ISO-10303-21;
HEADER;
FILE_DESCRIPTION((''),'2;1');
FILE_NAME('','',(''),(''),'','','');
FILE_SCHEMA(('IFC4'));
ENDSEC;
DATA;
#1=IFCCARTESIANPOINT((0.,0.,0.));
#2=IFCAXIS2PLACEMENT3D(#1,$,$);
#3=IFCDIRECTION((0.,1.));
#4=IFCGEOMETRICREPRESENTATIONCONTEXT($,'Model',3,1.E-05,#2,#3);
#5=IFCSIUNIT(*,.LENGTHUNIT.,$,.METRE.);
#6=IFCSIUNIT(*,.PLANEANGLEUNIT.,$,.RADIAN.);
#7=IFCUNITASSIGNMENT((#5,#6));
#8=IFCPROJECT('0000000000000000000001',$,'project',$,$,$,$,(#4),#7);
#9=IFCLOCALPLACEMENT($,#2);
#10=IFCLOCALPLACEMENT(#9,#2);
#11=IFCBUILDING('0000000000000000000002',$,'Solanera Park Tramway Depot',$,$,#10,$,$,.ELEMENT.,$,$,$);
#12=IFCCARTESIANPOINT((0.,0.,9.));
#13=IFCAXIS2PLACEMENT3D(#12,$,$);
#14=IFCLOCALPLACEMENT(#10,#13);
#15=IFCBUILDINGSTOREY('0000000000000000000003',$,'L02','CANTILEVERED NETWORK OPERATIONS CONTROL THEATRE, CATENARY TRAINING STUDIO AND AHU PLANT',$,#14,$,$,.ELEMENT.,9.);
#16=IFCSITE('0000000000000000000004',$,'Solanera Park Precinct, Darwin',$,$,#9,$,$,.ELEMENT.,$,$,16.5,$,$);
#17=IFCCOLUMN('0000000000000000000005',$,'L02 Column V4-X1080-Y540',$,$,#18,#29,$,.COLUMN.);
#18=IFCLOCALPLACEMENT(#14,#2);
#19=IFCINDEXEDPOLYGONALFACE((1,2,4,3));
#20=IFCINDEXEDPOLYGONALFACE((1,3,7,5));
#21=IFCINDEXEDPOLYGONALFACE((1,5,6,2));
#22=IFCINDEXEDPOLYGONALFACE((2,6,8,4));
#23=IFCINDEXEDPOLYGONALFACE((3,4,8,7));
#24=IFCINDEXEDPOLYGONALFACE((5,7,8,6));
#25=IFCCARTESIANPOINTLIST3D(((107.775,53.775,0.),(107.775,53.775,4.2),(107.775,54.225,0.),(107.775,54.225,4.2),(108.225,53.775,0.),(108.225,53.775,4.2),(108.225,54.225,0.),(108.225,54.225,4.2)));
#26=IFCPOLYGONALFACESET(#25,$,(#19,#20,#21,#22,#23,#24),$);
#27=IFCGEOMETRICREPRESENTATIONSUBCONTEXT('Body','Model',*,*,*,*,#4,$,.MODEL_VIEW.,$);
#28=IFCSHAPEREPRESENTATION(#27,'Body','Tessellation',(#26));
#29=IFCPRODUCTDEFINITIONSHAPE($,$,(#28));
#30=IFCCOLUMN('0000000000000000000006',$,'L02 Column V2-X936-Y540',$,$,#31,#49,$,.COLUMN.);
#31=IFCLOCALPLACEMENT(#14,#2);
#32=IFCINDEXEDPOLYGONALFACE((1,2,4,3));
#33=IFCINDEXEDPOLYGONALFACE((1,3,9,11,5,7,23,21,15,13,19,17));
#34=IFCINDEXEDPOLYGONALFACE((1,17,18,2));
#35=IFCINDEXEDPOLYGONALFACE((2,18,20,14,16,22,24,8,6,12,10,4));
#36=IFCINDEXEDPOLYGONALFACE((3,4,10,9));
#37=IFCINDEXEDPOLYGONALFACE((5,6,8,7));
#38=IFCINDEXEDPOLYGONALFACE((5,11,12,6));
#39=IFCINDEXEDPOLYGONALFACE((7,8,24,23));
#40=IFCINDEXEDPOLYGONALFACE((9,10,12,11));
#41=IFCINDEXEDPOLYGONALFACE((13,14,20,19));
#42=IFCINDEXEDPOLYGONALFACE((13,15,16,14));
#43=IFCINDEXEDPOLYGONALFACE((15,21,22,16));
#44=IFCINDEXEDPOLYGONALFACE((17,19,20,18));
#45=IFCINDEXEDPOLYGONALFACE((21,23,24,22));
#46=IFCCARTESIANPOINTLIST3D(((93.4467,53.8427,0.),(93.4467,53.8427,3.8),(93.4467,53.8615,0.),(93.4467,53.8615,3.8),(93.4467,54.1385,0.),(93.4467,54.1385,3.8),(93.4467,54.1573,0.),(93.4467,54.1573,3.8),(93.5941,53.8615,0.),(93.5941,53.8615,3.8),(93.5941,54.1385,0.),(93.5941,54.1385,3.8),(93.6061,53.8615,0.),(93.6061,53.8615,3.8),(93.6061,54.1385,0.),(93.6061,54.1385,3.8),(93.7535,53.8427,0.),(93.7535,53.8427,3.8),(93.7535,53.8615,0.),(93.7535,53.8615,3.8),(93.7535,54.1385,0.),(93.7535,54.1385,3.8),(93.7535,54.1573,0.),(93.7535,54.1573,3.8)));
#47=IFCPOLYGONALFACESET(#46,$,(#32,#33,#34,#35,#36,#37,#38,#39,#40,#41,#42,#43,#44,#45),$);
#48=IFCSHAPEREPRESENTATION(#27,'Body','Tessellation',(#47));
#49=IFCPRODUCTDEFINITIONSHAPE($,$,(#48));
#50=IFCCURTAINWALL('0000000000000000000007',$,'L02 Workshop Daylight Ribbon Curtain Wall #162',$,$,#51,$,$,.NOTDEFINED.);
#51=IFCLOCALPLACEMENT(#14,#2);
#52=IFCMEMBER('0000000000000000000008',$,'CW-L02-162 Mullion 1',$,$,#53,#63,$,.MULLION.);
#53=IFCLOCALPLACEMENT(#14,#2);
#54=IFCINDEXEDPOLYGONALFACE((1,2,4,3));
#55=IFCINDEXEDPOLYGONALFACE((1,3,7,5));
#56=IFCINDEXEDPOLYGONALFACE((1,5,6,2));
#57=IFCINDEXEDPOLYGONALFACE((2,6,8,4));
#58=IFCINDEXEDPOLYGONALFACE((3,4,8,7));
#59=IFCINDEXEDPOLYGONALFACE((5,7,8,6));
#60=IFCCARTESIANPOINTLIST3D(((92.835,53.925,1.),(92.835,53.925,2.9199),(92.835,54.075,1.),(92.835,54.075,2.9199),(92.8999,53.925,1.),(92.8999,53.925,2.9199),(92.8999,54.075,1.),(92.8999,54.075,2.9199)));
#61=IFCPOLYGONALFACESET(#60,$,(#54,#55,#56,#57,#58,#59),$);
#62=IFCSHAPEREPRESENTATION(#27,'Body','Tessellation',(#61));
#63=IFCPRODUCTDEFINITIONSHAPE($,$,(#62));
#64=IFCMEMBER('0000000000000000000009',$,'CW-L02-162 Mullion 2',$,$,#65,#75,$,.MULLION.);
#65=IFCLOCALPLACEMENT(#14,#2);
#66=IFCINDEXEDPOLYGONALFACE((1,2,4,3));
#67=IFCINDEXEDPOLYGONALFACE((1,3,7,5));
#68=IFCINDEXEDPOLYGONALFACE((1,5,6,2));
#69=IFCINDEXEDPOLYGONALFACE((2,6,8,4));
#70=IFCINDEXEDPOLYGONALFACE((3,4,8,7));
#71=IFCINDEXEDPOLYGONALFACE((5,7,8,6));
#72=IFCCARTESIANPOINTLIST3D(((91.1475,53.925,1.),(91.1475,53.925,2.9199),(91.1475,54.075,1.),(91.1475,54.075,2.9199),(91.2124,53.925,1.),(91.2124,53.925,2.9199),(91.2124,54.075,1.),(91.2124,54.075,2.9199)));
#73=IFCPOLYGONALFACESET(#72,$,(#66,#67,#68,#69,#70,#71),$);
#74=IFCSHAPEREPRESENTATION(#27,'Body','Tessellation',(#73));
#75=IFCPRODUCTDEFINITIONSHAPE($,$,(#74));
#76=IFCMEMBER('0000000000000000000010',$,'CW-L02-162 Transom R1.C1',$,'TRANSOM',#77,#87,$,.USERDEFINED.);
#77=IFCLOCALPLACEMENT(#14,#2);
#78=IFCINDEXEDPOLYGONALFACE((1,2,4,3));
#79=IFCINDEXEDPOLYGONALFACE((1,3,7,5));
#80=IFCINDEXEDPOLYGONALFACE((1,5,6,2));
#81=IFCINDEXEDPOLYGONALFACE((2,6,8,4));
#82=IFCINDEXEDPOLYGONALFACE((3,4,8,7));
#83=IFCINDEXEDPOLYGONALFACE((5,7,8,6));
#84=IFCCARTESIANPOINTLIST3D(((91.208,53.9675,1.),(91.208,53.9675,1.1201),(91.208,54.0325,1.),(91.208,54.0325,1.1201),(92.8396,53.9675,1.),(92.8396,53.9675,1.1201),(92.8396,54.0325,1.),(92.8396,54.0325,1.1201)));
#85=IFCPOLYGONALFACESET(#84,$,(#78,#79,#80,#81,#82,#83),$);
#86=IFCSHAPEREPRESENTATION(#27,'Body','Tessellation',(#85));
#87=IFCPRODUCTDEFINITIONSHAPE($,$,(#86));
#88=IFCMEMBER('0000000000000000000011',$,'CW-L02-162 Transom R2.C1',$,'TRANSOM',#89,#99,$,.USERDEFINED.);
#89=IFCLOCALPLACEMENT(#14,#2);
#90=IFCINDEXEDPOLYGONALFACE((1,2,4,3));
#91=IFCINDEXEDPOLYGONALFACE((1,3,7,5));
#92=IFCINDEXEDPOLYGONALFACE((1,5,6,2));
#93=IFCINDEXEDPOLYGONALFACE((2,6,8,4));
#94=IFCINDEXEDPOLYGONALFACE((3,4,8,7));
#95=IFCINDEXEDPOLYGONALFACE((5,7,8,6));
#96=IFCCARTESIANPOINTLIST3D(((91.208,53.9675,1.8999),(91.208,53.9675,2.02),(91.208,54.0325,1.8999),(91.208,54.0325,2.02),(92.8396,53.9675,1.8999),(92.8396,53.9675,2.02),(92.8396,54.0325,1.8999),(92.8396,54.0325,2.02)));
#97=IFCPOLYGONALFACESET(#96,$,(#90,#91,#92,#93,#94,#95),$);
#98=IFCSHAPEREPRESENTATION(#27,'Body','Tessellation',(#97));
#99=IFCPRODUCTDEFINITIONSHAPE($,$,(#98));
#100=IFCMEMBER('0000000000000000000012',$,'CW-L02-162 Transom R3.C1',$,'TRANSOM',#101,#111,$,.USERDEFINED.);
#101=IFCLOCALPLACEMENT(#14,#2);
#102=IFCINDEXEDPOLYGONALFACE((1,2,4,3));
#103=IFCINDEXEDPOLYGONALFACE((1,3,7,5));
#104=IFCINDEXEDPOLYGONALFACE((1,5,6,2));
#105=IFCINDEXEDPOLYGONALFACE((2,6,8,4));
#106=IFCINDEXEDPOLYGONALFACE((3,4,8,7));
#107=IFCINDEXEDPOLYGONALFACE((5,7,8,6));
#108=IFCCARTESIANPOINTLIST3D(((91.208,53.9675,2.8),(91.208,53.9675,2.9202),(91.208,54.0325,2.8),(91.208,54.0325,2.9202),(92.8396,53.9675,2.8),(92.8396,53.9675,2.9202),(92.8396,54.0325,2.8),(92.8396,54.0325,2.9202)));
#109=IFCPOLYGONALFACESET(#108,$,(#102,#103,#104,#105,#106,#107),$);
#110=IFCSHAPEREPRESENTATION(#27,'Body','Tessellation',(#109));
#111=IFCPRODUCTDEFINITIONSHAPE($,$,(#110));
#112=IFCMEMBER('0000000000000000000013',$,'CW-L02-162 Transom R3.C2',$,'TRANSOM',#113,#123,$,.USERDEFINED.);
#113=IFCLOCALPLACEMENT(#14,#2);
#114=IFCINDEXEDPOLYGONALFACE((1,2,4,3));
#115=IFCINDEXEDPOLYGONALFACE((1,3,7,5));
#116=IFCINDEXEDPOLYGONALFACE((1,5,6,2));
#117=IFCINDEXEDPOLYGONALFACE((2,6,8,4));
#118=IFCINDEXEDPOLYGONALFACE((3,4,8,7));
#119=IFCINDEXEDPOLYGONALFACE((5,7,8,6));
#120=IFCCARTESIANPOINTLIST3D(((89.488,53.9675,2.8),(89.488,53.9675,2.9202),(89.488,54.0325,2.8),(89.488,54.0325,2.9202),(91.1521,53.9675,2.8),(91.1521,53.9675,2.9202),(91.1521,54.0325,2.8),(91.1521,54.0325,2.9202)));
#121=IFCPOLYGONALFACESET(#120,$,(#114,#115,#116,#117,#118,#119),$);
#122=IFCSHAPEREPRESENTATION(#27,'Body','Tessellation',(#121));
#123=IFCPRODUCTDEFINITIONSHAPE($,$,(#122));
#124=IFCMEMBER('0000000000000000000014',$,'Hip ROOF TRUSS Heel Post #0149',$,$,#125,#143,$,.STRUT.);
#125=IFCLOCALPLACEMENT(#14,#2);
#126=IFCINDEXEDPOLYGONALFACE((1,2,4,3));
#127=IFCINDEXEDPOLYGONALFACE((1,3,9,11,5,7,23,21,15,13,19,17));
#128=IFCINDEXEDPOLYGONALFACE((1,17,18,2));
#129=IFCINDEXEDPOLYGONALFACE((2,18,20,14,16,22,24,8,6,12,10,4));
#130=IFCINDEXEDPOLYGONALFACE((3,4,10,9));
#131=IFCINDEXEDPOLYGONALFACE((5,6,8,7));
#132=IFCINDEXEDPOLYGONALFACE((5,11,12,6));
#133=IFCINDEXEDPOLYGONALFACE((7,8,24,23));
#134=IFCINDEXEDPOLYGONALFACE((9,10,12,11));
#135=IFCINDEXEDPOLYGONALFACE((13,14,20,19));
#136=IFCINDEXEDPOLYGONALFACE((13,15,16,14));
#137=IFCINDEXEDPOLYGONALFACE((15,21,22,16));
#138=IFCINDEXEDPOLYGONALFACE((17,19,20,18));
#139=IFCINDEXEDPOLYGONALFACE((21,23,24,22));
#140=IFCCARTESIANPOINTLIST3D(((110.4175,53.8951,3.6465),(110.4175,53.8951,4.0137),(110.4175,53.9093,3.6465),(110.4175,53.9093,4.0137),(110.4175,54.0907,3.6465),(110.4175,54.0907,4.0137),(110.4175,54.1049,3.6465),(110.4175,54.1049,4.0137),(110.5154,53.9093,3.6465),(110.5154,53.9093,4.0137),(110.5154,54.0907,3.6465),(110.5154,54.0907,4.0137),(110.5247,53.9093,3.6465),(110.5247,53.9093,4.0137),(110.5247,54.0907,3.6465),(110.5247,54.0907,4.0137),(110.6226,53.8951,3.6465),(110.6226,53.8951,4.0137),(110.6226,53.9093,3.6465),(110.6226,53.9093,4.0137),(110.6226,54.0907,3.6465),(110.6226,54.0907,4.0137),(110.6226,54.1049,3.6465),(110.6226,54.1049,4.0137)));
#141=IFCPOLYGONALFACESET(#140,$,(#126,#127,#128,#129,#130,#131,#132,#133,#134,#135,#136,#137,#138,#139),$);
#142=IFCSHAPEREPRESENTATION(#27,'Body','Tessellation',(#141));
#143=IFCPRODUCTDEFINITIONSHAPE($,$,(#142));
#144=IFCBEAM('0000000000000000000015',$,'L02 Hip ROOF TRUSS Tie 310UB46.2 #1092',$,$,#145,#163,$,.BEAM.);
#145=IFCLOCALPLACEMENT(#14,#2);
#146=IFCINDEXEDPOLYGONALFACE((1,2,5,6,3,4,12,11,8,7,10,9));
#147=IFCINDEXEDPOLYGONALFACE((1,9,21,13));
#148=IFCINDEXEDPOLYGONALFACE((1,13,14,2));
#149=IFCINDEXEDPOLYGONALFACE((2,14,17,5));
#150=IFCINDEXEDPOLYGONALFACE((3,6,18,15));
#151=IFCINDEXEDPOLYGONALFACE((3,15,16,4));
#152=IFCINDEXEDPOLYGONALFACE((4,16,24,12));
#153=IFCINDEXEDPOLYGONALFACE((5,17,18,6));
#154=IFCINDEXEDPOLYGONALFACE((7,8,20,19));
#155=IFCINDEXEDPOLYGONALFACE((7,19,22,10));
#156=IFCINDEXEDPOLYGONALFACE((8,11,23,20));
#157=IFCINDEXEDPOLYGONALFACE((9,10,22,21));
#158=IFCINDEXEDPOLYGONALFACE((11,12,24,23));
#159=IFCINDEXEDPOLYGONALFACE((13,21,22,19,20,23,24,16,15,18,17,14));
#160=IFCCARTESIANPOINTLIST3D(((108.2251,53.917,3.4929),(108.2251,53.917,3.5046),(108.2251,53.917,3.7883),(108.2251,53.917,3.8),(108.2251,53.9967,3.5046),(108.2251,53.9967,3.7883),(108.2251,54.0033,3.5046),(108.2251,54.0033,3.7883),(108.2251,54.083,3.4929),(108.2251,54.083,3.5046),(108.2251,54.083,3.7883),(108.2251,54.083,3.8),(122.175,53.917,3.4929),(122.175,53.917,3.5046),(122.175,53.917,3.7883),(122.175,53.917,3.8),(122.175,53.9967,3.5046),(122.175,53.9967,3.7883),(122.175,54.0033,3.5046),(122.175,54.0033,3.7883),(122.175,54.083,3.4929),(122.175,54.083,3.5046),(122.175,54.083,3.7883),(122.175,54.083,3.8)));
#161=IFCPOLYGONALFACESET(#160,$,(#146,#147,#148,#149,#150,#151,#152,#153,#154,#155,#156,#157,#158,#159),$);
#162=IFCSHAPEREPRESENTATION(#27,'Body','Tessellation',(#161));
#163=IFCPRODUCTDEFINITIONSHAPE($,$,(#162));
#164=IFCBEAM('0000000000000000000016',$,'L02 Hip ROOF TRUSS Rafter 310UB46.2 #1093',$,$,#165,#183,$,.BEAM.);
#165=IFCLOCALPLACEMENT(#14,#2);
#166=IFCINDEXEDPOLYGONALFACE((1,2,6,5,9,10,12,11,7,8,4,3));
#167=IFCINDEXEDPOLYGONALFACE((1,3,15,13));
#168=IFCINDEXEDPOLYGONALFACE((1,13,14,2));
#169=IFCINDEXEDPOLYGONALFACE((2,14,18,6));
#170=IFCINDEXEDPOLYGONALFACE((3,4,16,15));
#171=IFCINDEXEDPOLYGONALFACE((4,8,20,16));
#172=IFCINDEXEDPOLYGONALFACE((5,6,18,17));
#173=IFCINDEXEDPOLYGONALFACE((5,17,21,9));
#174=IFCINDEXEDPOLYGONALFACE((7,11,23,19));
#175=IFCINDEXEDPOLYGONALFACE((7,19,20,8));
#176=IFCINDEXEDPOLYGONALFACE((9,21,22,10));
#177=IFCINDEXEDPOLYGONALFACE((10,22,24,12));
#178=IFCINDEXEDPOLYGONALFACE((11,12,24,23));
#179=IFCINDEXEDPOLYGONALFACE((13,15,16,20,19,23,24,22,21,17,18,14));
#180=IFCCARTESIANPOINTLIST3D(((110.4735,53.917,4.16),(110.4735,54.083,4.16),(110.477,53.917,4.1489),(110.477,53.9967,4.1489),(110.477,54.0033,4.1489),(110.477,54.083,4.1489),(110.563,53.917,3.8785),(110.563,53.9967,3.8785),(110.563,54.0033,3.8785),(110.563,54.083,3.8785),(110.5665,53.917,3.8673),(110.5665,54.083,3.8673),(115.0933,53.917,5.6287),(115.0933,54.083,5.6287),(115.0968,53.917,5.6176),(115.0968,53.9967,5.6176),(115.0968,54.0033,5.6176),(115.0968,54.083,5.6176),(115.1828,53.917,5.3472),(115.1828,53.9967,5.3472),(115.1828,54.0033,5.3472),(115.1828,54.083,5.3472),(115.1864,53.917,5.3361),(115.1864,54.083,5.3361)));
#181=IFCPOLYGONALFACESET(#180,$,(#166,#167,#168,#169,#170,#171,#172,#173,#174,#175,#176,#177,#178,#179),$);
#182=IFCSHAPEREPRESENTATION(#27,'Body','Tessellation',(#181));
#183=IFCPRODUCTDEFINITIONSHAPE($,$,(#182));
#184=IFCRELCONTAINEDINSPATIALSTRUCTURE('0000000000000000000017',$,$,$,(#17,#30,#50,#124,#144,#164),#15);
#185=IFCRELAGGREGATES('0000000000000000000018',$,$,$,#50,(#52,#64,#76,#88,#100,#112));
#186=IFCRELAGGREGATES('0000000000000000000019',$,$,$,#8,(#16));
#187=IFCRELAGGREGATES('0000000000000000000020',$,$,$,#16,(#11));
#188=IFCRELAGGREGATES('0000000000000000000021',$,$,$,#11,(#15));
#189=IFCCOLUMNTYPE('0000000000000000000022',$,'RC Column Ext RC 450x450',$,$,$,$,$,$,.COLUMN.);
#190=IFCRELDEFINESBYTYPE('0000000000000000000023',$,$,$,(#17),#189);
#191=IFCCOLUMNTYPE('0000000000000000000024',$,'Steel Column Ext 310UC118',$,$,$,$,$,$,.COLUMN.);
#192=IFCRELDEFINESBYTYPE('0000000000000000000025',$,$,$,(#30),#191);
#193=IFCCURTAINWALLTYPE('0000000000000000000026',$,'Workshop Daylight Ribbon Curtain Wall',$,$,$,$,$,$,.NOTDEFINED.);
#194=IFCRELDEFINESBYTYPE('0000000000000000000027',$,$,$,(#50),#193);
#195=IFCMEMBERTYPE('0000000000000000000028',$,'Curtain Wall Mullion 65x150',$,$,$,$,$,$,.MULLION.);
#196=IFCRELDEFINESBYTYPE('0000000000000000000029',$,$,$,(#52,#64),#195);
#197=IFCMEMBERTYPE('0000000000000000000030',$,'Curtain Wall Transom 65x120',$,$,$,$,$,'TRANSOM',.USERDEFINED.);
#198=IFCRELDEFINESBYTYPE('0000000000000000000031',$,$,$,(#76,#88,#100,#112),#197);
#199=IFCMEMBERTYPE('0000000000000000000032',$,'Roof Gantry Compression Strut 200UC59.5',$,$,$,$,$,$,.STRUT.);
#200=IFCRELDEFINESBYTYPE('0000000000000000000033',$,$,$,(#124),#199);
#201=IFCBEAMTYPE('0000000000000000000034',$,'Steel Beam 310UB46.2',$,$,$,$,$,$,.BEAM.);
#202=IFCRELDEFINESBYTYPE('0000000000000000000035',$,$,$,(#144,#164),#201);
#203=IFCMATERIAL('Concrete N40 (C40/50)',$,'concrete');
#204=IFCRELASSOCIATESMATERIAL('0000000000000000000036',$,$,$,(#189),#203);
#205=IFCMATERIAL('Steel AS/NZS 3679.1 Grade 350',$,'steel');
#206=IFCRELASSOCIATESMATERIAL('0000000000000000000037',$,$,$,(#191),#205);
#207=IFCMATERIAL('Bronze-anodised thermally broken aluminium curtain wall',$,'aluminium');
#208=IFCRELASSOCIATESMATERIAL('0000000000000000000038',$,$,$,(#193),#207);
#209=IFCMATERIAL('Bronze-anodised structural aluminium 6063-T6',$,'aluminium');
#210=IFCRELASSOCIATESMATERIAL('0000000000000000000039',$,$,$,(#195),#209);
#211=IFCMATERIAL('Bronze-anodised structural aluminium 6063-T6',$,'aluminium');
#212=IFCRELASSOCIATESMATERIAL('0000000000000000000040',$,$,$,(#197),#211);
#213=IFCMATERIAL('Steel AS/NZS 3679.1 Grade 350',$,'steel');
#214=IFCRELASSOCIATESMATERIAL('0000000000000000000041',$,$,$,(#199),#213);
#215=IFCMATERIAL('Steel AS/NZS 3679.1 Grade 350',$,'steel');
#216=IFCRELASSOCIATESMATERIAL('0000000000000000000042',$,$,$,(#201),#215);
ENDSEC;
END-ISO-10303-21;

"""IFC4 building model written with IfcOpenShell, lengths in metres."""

from ifc_helpers import new_model, si_unit, direction, frame, origin, origin_2d, place, context, subcontext, project, spatial, rectangle, i_section, extrude, material, material_profile, profile_set, type_object, element, aggregate, save


model = new_model("IFC4")

# Units and contexts
model_context = context("Model", 3, precision=1e-05, world=origin(), true_north=direction((0.0, 1.0)))
body_context = subcontext(model_context, "Body", "Model", "MODEL_VIEW")
ifc_project = project(units=[si_unit("LENGTHUNIT", "METRE"), si_unit("PLANEANGLEUNIT", "RADIAN")], contexts=[model_context])

# Site, building, storey
site_placement = place(None, origin())
site = spatial("IfcSite", under=ifc_project, at=site_placement, Name="Solanera Park Precinct, Darwin", CompositionType="ELEMENT", RefElevation=16.5)
building_placement = place(site_placement, origin())
building = spatial("IfcBuilding", under=site, at=building_placement, Name="Solanera Park Tramway Depot", CompositionType="ELEMENT")
storey_placement = place(building_placement, frame((0.0, 0.0, 9.0)))
storey = spatial("IfcBuildingStorey", under=building, at=storey_placement, Name="L02", Description="CANTILEVERED NETWORK OPERATIONS CONTROL THEATRE, CATENARY TRAINING STUDIO AND AHU PLANT", CompositionType="ELEMENT", Elevation=9.0)

# Columns
ifc_material_1 = material(Name="Concrete N40 (C40/50)", Category="concrete")
ifc_material_profile_1 = material_profile(ifc_material_1, rectangle(XDim=0.45, YDim=0.45, at=origin_2d()), Name="RC 450x450")
ifc_profile_set_1 = profile_set([ifc_material_profile_1], Name="Concrete N40 (C40/50)")
column_type_1 = type_object("IfcColumnType", Name="RC Column Ext RC 450x450", PredefinedType="COLUMN", material=ifc_profile_set_1)
column_1_placement = place(storey_placement, frame((108.0, 54.0, 0.0), z_axis=(0.0, 0.0, 1.0), x_axis=(1.0, 0.0, 0.0)))
element("IfcColumn", 1, at=column_1_placement, inside=storey, type_object=column_type_1, Name="L02 Column V4-X1080-Y540", PredefinedType="COLUMN", context=body_context, shape_type="SweptSolid", body=[
    extrude(rectangle(XDim=0.45, YDim=0.45, at=origin_2d()), origin(), (0.0, 0.0, 1.0), 4.2),
])
ifc_material_2 = material(Name="Steel AS/NZS 3679.1 Grade 350", Category="steel")
ifc_material_profile_2 = material_profile(ifc_material_2, i_section(OverallWidth=0.3069, OverallDepth=0.3147, WebThickness=0.012, FlangeThickness=0.0188, at=origin_2d()), Name="310UC118")
ifc_profile_set_2 = profile_set([ifc_material_profile_2], Name="Steel AS/NZS 3679.1 Grade 350")
column_type_2 = type_object("IfcColumnType", Name="Steel Column Ext 310UC118", PredefinedType="COLUMN", material=ifc_profile_set_2)
column_2_placement = place(storey_placement, frame((93.6001, 54.0, 0.0), z_axis=(0.0, 0.0, 1.0), x_axis=(1.0, 0.0, 0.0)))
element("IfcColumn", 2, at=column_2_placement, inside=storey, type_object=column_type_2, Name="L02 Column V2-X936-Y540", PredefinedType="COLUMN", context=body_context, shape_type="SweptSolid", body=[
    extrude(i_section(OverallWidth=0.3069, OverallDepth=0.3147, WebThickness=0.012, FlangeThickness=0.0188, at=origin_2d()), origin(), (0.0, 0.0, 1.0), 3.8),
])

# Curtain wall, members
ifc_material_3 = material(Name="Bronze-anodised thermally broken aluminium curtain wall", Category="aluminium")
curtain_wall_type = type_object("IfcCurtainWallType", Name="Workshop Daylight Ribbon Curtain Wall", PredefinedType="NOTDEFINED", material=ifc_material_3)
curtain_wall_placement = place(storey_placement, origin())
curtain_wall = element("IfcCurtainWall", 3, at=curtain_wall_placement, inside=storey, type_object=curtain_wall_type, Name="L02 Workshop Daylight Ribbon Curtain Wall #162", PredefinedType="NOTDEFINED")
ifc_material_4 = material(Name="Bronze-anodised structural aluminium 6063-T6", Category="aluminium")
ifc_material_profile_3 = material_profile(ifc_material_4, rectangle(XDim=0.0649, YDim=0.1499, at=origin_2d()), Name="Curtain Wall Mullion 65x150")
ifc_profile_set_3 = profile_set([ifc_material_profile_3], Name="Bronze-anodised structural aluminium 6063-T6")
member_type_1 = type_object("IfcMemberType", Name="Curtain Wall Mullion 65x150", PredefinedType="MULLION", material=ifc_profile_set_3)
member_1_placement = place(storey_placement, frame((92.8674, 54.0, 1.0), z_axis=(0.0, 0.0, 1.0), x_axis=(1.0, 0.0, 0.0)))
member_1 = element("IfcMember", 4, at=member_1_placement, type_object=member_type_1, Name="CW-L02-162 Mullion 1", PredefinedType="MULLION", context=body_context, shape_type="SweptSolid", body=[
    extrude(rectangle(XDim=0.0649, YDim=0.1499, at=origin_2d()), origin(), (0.0, 0.0, 1.0), 1.9199),
])
member_2_placement = place(storey_placement, frame((91.1799, 54.0, 1.0), z_axis=(0.0, 0.0, 1.0), x_axis=(1.0, 0.0, 0.0)))
member_2 = element("IfcMember", 5, at=member_2_placement, type_object=member_type_1, Name="CW-L02-162 Mullion 2", PredefinedType="MULLION", context=body_context, shape_type="SweptSolid", body=[
    extrude(rectangle(XDim=0.0649, YDim=0.1499, at=origin_2d()), origin(), (0.0, 0.0, 1.0), 1.9199),
])
ifc_material_5 = material(Name="Bronze-anodised structural aluminium 6063-T6", Category="aluminium")
ifc_material_profile_4 = material_profile(ifc_material_5, rectangle(XDim=0.0649, YDim=0.1201, at=origin_2d()), Name="Curtain Wall Transom 65x120")
ifc_profile_set_4 = profile_set([ifc_material_profile_4], Name="Bronze-anodised structural aluminium 6063-T6")
member_type_2 = type_object("IfcMemberType", Name="Curtain Wall Transom 65x120", ElementType="TRANSOM", PredefinedType="USERDEFINED", material=ifc_profile_set_4)
member_3_placement = place(storey_placement, frame((92.8396, 54.0, 1.0601), z_axis=(-1.0, 0.0, 0.0), x_axis=(0.0, -1.0, 0.0)))
member_3 = element("IfcMember", 6, at=member_3_placement, type_object=member_type_2, Name="CW-L02-162 Transom R1.C1", ObjectType="TRANSOM", PredefinedType="USERDEFINED", context=body_context, shape_type="SweptSolid", body=[
    extrude(rectangle(XDim=0.0649, YDim=0.1201, at=origin_2d()), origin(), (0.0, 0.0, 1.0), 1.6316),
])
member_4_placement = place(storey_placement, frame((92.8396, 54.0, 1.96), z_axis=(-1.0, 0.0, 0.0), x_axis=(0.0, -1.0, 0.0)))
member_4 = element("IfcMember", 7, at=member_4_placement, type_object=member_type_2, Name="CW-L02-162 Transom R2.C1", ObjectType="TRANSOM", PredefinedType="USERDEFINED", context=body_context, shape_type="SweptSolid", body=[
    extrude(rectangle(XDim=0.0649, YDim=0.1201, at=origin_2d()), origin(), (0.0, 0.0, 1.0), 1.6316),
])
member_5_placement = place(storey_placement, frame((92.8396, 54.0, 2.8601), z_axis=(-1.0, 0.0, 0.0), x_axis=(0.0, -1.0, 0.0)))
member_5 = element("IfcMember", 8, at=member_5_placement, type_object=member_type_2, Name="CW-L02-162 Transom R3.C1", ObjectType="TRANSOM", PredefinedType="USERDEFINED", context=body_context, shape_type="SweptSolid", body=[
    extrude(rectangle(XDim=0.0649, YDim=0.1201, at=origin_2d()), origin(), (0.0, 0.0, 1.0), 1.6316),
])
member_6_placement = place(storey_placement, frame((91.1521, 54.0, 2.8601), z_axis=(-1.0, 0.0, 0.0), x_axis=(0.0, -1.0, 0.0)))
member_6 = element("IfcMember", 9, at=member_6_placement, type_object=member_type_2, Name="CW-L02-162 Transom R3.C2", ObjectType="TRANSOM", PredefinedType="USERDEFINED", context=body_context, shape_type="SweptSolid", body=[
    extrude(rectangle(XDim=0.0649, YDim=0.1201, at=origin_2d()), origin(), (0.0, 0.0, 1.0), 1.6641),
])

# Member
ifc_material_6 = material(Name="Steel AS/NZS 3679.1 Grade 350", Category="steel")
ifc_material_profile_5 = material_profile(ifc_material_6, i_section(OverallWidth=0.2051, OverallDepth=0.2097, WebThickness=0.0093, FlangeThickness=0.0142, at=origin_2d()), Name="200UC59.5")
ifc_profile_set_5 = profile_set([ifc_material_profile_5], Name="Steel AS/NZS 3679.1 Grade 350")
member_type_3 = type_object("IfcMemberType", Name="Roof Gantry Compression Strut 200UC59.5", PredefinedType="STRUT", material=ifc_profile_set_5)
member_7_placement = place(storey_placement, frame((110.52, 54.0, 3.6465), z_axis=(0.0, 0.0, 1.0), x_axis=(1.0, 0.0, 0.0)))
element("IfcMember", 10, at=member_7_placement, inside=storey, type_object=member_type_3, Name="Hip ROOF TRUSS Heel Post #0149", PredefinedType="STRUT", context=body_context, shape_type="SweptSolid", body=[
    extrude(i_section(OverallWidth=0.2051, OverallDepth=0.2097, WebThickness=0.0093, FlangeThickness=0.0142, at=origin_2d()), origin(), (0.0, 0.0, 1.0), 0.3672),
])

# Beams
ifc_material_7 = material(Name="Steel AS/NZS 3679.1 Grade 350", Category="steel")
ifc_material_profile_6 = material_profile(ifc_material_7, i_section(OverallWidth=0.166, OverallDepth=0.3071, WebThickness=0.0066, FlangeThickness=0.0117, at=origin_2d()), Name="310UB46.2")
ifc_profile_set_6 = profile_set([ifc_material_profile_6], Name="Steel AS/NZS 3679.1 Grade 350")
beam_type = type_object("IfcBeamType", Name="Steel Beam 310UB46.2", PredefinedType="BEAM", material=ifc_profile_set_6)
beam_1_placement = place(storey_placement, frame((108.2251, 54.0, 3.6465), z_axis=(1.0, 0.0, 0.0), x_axis=(0.0, 1.0, 0.0)))
element("IfcBeam", 11, at=beam_1_placement, inside=storey, type_object=beam_type, Name="L02 Hip ROOF TRUSS Tie 310UB46.2 #1092", PredefinedType="BEAM", context=body_context, shape_type="SweptSolid", body=[
    extrude(i_section(OverallWidth=0.166, OverallDepth=0.3071, WebThickness=0.0066, FlangeThickness=0.0117, at=origin_2d()), origin(), (0.0, 0.0, 1.0), 13.95),
])
beam_2_placement = place(storey_placement, frame((110.52, 54.0, 4.0137), z_axis=(0.952998, 0.0, 0.302977), x_axis=(0.0, 1.0, 0.0)))
element("IfcBeam", 12, at=beam_2_placement, inside=storey, type_object=beam_type, Name="L02 Hip ROOF TRUSS Rafter 310UB46.2 #1093", PredefinedType="BEAM", context=body_context, shape_type="SweptSolid", body=[
    extrude(i_section(OverallWidth=0.166, OverallDepth=0.3071, WebThickness=0.0066, FlangeThickness=0.0117, at=origin_2d()), origin(), (0.0, 0.0, 1.0), 4.8477),
])

aggregate(curtain_wall, [member_1, member_2, member_3, member_4, member_5, member_6])

save(model, "model.ifc")
